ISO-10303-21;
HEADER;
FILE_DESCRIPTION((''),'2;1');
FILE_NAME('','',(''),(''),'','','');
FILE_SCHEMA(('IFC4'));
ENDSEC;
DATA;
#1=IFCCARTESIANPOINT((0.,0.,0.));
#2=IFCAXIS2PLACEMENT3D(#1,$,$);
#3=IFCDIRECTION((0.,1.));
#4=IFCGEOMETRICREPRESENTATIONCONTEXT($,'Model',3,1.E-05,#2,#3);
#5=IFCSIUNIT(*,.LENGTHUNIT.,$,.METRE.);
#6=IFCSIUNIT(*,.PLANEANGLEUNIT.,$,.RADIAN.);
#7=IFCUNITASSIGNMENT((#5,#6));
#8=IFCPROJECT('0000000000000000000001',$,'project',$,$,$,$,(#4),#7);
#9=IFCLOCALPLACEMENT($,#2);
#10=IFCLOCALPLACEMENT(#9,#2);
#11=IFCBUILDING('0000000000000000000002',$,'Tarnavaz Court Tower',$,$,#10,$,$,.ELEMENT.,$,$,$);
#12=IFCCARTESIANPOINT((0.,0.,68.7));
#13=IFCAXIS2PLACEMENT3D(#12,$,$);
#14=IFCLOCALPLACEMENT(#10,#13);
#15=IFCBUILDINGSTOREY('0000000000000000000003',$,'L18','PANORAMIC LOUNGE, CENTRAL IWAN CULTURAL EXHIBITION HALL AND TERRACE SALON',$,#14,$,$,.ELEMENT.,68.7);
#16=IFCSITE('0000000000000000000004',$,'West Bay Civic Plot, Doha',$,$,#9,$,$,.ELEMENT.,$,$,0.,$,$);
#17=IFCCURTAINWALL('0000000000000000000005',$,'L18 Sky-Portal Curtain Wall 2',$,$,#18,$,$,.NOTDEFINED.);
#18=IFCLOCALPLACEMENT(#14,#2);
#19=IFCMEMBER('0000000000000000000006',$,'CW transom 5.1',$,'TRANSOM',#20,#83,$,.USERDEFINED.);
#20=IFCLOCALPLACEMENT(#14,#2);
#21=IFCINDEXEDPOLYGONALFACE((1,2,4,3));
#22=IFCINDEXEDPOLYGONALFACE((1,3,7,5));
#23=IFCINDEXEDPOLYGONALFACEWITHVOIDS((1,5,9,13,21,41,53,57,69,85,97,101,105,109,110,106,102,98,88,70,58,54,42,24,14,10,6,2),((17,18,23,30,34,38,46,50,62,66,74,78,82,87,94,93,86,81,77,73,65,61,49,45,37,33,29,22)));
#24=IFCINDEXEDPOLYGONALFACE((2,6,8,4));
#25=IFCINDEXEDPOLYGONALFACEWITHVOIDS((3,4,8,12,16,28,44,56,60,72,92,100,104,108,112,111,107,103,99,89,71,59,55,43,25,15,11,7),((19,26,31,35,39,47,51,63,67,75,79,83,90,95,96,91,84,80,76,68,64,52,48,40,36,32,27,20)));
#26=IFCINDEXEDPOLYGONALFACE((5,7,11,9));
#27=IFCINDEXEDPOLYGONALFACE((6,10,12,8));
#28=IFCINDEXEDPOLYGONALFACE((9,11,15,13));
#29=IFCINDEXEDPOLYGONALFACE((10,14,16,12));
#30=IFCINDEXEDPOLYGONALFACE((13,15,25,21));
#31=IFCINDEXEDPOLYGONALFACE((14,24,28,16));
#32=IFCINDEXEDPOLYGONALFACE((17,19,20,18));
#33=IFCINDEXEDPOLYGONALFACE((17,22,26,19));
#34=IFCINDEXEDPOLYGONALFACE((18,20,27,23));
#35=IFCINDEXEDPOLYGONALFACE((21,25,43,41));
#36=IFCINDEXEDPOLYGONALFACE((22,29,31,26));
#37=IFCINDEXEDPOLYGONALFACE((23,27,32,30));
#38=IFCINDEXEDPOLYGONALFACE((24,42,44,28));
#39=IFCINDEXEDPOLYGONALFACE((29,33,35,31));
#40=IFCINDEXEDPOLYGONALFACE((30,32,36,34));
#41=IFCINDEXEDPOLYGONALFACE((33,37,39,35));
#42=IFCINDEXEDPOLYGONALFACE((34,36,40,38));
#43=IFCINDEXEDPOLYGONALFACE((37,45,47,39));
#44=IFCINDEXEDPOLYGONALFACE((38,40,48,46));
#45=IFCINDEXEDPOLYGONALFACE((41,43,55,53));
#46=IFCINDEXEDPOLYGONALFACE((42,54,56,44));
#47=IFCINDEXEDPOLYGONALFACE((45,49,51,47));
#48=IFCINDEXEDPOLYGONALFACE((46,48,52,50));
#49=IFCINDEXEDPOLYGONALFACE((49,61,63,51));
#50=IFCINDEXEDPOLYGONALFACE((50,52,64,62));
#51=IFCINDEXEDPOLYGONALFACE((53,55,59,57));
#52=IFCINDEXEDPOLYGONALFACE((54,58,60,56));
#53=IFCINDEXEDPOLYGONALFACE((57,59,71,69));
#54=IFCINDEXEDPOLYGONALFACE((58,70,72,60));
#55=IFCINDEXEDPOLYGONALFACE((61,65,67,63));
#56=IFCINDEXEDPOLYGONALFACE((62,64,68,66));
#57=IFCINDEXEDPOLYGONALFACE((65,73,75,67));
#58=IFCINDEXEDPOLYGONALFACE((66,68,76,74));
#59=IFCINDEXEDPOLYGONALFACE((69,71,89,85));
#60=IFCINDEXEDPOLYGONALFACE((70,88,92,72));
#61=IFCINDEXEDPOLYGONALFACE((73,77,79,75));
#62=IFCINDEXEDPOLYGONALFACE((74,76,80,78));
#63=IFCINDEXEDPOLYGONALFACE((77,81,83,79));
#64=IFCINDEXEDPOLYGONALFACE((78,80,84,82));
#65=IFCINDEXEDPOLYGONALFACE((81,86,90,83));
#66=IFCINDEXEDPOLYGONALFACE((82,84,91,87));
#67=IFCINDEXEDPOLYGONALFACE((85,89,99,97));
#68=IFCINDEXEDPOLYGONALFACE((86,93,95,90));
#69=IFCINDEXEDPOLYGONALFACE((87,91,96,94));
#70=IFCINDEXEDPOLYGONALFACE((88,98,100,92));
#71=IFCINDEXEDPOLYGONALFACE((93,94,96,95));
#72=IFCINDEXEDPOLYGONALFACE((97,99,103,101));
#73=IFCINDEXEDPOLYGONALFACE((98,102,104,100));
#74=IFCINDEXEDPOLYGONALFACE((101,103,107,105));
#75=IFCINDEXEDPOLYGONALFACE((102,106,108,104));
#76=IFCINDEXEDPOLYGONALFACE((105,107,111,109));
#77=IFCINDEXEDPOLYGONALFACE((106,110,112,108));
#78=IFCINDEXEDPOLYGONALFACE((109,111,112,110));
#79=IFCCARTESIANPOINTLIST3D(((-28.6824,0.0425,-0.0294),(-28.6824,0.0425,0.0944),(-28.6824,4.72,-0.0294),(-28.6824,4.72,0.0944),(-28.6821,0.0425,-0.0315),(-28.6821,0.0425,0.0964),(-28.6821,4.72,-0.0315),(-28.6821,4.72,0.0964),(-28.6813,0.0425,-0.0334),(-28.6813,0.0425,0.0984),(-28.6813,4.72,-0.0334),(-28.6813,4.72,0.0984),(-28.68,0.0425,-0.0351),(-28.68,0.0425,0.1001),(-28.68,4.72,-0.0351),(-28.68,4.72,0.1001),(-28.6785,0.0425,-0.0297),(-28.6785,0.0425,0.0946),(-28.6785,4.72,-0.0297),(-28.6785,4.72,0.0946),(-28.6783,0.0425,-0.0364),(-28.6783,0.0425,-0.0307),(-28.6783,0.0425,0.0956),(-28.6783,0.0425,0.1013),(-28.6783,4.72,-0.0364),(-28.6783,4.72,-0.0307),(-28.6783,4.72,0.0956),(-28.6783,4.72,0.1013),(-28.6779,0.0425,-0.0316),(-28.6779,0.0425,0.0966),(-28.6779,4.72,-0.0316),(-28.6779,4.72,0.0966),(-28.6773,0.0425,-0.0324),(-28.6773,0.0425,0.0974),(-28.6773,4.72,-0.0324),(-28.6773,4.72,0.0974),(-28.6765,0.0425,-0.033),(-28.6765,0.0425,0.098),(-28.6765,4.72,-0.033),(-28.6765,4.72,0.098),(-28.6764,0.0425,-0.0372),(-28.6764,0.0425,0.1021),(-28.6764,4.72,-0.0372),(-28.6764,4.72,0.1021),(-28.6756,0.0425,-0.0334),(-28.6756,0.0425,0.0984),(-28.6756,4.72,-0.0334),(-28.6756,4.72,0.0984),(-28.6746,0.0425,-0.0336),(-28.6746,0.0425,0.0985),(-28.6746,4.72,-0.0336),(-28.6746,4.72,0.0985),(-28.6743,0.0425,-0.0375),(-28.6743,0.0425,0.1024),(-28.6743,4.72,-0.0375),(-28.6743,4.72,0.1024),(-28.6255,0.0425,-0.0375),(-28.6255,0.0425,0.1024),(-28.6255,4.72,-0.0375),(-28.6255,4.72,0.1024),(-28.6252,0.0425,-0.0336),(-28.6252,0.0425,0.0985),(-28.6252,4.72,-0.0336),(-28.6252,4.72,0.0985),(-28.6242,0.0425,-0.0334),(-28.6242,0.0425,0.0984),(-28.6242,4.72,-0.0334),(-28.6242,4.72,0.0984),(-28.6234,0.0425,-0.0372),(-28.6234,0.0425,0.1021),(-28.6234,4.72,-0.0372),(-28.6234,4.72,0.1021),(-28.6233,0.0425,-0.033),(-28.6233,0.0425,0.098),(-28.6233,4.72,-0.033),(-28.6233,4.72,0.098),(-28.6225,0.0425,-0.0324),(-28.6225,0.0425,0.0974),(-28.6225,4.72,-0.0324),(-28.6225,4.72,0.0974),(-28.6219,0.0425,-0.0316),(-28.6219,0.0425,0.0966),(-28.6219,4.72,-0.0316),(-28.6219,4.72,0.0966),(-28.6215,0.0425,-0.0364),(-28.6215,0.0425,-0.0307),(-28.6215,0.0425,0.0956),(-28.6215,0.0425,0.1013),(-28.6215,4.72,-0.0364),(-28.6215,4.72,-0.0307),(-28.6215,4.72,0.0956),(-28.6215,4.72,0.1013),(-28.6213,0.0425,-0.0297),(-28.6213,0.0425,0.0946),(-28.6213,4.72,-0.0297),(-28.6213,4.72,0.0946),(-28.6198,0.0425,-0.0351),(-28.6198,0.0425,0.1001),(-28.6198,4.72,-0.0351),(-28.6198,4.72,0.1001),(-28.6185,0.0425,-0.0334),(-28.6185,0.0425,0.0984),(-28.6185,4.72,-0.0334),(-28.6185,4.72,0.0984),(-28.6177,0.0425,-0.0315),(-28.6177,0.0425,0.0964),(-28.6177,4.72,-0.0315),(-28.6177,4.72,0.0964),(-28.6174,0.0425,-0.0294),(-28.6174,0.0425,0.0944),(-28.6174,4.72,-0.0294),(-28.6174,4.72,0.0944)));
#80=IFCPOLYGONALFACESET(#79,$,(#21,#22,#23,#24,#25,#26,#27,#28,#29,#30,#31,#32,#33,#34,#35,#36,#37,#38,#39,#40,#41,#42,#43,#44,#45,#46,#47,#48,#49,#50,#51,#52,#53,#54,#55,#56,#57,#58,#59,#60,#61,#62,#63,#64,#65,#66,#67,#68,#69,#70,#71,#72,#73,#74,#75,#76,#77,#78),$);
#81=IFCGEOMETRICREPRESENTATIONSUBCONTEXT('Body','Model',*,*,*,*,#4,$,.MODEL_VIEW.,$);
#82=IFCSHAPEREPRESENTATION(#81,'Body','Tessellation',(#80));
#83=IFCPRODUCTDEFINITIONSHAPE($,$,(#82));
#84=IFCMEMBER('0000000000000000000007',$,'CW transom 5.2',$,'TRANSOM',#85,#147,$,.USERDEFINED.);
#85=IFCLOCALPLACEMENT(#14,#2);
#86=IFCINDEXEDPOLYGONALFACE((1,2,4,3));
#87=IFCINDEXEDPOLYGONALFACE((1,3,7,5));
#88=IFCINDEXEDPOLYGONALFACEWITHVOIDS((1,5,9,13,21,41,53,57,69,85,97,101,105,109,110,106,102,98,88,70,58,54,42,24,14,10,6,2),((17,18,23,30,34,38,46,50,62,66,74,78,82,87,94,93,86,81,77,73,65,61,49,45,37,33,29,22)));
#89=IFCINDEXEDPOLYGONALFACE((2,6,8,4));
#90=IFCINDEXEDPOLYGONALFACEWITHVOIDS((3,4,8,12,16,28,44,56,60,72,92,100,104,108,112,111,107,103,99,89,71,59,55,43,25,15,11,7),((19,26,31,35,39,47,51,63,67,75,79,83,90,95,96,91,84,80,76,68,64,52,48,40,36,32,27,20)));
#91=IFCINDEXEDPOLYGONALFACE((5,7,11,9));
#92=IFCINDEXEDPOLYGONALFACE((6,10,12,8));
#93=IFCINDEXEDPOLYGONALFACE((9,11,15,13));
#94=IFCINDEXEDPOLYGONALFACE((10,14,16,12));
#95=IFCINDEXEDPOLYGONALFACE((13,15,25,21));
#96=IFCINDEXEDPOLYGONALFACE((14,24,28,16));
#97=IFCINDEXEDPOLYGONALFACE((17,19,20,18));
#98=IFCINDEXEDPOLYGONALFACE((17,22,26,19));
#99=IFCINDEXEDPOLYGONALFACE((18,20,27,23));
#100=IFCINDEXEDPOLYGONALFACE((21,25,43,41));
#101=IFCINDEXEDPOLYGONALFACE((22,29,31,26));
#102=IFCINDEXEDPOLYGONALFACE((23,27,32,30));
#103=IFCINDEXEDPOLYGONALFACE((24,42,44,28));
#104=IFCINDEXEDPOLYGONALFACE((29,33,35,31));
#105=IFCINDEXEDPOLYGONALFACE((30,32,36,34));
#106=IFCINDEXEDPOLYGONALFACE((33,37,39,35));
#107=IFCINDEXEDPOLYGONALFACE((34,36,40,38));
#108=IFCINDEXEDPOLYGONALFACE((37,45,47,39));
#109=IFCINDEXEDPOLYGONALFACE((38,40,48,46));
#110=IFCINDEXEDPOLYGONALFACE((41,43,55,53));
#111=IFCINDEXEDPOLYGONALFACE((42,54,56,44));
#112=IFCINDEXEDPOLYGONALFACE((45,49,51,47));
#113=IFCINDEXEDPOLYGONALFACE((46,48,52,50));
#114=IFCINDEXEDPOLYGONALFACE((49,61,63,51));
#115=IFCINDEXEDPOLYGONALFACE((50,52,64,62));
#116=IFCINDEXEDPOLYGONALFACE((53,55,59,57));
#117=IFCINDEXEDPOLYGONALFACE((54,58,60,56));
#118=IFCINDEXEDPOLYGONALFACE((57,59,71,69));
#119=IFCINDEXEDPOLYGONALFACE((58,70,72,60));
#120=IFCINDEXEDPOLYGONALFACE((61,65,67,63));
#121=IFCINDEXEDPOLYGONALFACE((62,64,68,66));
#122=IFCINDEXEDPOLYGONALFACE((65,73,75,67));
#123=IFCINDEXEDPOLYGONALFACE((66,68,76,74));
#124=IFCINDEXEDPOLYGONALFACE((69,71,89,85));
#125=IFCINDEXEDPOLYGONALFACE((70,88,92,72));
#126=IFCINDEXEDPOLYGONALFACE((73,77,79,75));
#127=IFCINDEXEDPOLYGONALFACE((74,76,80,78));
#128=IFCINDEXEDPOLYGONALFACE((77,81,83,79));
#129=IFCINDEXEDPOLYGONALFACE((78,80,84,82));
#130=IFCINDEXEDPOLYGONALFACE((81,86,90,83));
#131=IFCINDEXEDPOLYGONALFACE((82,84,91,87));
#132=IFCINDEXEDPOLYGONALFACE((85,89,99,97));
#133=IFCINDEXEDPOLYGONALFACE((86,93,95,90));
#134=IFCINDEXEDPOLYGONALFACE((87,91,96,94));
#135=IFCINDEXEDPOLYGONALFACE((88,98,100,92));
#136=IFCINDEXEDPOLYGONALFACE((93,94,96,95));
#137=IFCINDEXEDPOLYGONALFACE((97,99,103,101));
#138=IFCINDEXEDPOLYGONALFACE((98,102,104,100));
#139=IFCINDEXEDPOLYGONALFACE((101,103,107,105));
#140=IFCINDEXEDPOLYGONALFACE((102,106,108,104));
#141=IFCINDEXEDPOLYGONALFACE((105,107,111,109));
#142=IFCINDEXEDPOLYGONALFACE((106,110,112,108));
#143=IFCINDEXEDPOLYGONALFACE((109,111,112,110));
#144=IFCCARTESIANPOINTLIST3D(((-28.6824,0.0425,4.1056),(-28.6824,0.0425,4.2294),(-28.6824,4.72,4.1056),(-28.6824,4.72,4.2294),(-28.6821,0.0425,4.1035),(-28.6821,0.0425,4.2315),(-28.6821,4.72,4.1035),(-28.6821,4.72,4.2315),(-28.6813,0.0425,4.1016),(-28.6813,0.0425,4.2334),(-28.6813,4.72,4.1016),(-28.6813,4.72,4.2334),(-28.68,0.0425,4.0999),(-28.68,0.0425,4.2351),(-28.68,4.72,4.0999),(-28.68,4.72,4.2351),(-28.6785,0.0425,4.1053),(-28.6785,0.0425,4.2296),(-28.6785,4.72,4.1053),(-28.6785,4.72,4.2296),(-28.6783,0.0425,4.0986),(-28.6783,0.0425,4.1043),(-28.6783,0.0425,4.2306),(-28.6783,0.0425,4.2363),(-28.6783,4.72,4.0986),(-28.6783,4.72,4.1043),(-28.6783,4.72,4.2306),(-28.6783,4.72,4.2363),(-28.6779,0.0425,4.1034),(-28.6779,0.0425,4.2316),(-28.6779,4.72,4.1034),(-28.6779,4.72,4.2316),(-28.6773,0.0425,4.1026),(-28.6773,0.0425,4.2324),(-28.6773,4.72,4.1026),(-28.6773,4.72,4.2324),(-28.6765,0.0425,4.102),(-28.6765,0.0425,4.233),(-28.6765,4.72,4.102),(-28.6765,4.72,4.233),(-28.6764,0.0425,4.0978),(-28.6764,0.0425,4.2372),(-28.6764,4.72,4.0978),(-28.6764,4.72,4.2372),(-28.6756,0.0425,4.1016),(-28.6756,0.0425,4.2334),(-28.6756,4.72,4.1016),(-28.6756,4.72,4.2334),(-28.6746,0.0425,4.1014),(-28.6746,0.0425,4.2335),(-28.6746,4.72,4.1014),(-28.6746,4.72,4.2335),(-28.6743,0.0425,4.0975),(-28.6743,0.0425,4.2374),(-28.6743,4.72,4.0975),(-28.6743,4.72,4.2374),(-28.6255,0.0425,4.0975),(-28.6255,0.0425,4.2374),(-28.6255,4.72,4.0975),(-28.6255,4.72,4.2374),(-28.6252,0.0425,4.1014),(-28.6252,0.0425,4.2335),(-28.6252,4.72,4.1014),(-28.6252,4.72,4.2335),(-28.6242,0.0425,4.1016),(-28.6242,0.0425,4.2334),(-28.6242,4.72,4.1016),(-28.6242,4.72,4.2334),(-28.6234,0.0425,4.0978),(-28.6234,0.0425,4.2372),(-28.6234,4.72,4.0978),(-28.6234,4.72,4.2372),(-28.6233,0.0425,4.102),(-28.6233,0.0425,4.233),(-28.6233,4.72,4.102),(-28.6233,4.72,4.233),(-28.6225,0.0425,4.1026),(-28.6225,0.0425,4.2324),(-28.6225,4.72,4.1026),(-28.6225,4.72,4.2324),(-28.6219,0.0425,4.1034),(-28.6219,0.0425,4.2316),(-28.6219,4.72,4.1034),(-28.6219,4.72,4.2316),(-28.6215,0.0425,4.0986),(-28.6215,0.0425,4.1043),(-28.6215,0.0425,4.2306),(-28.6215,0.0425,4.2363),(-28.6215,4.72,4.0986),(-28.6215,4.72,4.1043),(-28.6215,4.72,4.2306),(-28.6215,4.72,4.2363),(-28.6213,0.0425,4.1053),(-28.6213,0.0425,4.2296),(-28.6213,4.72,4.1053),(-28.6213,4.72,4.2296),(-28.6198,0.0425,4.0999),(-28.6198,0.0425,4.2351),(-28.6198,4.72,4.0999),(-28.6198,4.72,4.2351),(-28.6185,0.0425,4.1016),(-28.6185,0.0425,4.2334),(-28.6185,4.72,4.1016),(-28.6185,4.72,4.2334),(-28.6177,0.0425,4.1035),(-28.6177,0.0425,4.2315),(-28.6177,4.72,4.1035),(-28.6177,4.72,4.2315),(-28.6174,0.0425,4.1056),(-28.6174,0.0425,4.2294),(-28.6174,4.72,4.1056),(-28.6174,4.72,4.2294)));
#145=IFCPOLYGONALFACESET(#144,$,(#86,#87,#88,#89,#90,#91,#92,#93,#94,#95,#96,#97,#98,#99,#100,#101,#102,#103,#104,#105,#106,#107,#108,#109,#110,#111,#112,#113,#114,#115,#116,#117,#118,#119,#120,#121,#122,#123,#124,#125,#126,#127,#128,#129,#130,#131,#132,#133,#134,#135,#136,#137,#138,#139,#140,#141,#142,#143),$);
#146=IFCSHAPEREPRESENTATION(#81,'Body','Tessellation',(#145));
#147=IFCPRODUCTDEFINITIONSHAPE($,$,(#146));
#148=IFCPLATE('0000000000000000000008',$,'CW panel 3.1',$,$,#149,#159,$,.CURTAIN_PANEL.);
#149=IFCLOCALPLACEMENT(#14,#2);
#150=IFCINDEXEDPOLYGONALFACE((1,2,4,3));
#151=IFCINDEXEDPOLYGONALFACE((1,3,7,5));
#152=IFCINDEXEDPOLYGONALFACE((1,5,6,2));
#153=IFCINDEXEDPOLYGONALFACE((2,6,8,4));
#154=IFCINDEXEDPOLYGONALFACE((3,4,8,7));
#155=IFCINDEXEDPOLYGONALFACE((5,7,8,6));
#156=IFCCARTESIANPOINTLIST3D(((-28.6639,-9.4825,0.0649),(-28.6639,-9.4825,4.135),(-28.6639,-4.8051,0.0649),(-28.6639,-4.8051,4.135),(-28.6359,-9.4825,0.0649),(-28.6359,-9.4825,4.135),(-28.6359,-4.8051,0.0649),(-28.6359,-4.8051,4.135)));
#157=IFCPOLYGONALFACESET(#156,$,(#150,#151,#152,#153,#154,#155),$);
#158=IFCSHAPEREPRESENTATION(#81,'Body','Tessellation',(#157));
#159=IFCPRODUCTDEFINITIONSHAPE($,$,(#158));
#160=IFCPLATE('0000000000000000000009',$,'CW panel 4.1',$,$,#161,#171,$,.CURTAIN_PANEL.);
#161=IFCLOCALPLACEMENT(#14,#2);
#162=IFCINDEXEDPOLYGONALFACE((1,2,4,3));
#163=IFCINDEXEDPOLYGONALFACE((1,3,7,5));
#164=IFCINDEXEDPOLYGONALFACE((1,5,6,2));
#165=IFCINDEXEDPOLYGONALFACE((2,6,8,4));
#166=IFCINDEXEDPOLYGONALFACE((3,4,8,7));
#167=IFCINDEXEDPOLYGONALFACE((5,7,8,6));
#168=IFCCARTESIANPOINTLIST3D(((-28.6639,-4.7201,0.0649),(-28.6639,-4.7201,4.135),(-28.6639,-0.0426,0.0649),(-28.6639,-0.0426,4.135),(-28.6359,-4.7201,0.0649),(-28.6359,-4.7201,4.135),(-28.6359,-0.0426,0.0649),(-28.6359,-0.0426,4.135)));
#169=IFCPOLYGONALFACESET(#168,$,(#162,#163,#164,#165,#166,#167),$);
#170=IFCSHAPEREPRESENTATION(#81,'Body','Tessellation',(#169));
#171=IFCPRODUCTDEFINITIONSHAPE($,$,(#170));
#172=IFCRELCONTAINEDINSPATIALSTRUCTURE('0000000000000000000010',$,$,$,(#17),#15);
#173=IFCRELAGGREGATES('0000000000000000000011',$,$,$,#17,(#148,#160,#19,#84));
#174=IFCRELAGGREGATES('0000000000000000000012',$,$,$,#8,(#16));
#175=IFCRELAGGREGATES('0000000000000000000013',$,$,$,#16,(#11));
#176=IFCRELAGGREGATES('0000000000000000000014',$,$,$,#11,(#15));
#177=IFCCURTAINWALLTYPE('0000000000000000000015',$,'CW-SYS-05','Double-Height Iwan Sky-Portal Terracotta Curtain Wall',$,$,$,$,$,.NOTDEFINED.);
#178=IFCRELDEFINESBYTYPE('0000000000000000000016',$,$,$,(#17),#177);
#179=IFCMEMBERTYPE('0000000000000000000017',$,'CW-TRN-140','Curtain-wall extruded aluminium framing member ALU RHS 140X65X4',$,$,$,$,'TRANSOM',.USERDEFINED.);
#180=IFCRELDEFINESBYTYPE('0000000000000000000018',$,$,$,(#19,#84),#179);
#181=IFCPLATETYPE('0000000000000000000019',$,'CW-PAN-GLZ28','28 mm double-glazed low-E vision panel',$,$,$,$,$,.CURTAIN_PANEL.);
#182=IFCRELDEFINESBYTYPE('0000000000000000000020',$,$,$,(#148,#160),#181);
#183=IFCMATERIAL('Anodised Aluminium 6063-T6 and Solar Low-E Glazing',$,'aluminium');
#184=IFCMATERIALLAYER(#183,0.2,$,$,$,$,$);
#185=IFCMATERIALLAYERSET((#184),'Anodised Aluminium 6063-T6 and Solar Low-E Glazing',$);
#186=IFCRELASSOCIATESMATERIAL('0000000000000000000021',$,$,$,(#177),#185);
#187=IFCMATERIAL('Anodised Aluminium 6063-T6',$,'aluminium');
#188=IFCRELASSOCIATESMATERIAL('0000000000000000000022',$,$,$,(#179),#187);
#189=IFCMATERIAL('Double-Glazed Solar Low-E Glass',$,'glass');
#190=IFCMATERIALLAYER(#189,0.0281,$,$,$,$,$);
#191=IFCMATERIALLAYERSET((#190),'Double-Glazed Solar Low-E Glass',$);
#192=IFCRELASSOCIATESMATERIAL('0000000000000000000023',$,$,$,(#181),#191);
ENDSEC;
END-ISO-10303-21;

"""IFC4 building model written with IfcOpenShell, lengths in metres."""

from ifc_helpers import new_model, si_unit, direction, frame, origin, origin_2d, place, context, subcontext, project, spatial, rectangle, hollow_rectangle, extrude, material, layer, layer_set, material_profile, profile_set, type_object, element, aggregate, save


model = new_model("IFC4")

# Units and contexts
model_context = context("Model", 3, precision=1e-05, world=origin(), true_north=direction((0.0, 1.0)))
body_context = subcontext(model_context, "Body", "Model", "MODEL_VIEW")
ifc_project = project(units=[si_unit("LENGTHUNIT", "METRE"), si_unit("PLANEANGLEUNIT", "RADIAN")], contexts=[model_context])

# Site, building, storey
site_placement = place(None, origin())
site = spatial("IfcSite", under=ifc_project, at=site_placement, Name="West Bay Civic Plot, Doha", CompositionType="ELEMENT", RefElevation=0.0)
building_placement = place(site_placement, origin())
building = spatial("IfcBuilding", under=site, at=building_placement, Name="Tarnavaz Court Tower", CompositionType="ELEMENT")
storey_placement = place(building_placement, frame((0.0, 0.0, 68.7)))
storey = spatial("IfcBuildingStorey", under=building, at=storey_placement, Name="L18", Description="PANORAMIC LOUNGE, CENTRAL IWAN CULTURAL EXHIBITION HALL AND TERRACE SALON", CompositionType="ELEMENT", Elevation=68.7)

# Curtain wall, members, plates
ifc_material_1 = material(Name="Anodised Aluminium 6063-T6 and Solar Low-E Glazing", Category="aluminium")
ifc_layer_1 = layer(ifc_material_1, 0.2)
ifc_layer_set_1 = layer_set([ifc_layer_1], Name="Anodised Aluminium 6063-T6 and Solar Low-E Glazing")
curtain_wall_type = type_object("IfcCurtainWallType", Name="CW-SYS-05", Description="Double-Height Iwan Sky-Portal Terracotta Curtain Wall", PredefinedType="NOTDEFINED", material=ifc_layer_set_1)
curtain_wall_placement = place(storey_placement, origin())
curtain_wall = element("IfcCurtainWall", 1, at=curtain_wall_placement, inside=storey, type_object=curtain_wall_type, Name="L18 Sky-Portal Curtain Wall 2", PredefinedType="NOTDEFINED")
ifc_material_2 = material(Name="Anodised Aluminium 6063-T6", Category="aluminium")
ifc_material_profile_1 = material_profile(ifc_material_2, hollow_rectangle(XDim=0.0649, YDim=0.1399, WallThickness=0.0039, InnerFilletRadius=0.0039, OuterFilletRadius=0.0081, at=origin_2d()), Name="ALU RHS 140X65X4")
ifc_profile_set_1 = profile_set([ifc_material_profile_1], Name="Anodised Aluminium 6063-T6")
member_type_1 = type_object("IfcMemberType", Name="CW-TRN-140", Description="Curtain-wall extruded aluminium framing member ALU RHS 140X65X4", ElementType="TRANSOM", PredefinedType="USERDEFINED", material=ifc_profile_set_1)
member_1_placement = place(storey_placement, frame((-28.6499, 0.0425, 0.0325), z_axis=(0.0, 1.0, 0.0), x_axis=(-1.0, 0.0, 0.0)))
member_1 = element("IfcMember", 2, at=member_1_placement, type_object=member_type_1, Name="CW transom 5.1", ObjectType="TRANSOM", PredefinedType="USERDEFINED", context=body_context, shape_type="SweptSolid", body=[
    extrude(hollow_rectangle(XDim=0.0649, YDim=0.1399, WallThickness=0.0039, InnerFilletRadius=0.0039, OuterFilletRadius=0.0081, at=origin_2d()), origin(), (0.0, 0.0, 1.0), 4.6775),
])
member_2_placement = place(storey_placement, frame((-28.6499, 0.0425, 4.1675), z_axis=(0.0, 1.0, 0.0), x_axis=(-1.0, 0.0, 0.0)))
member_2 = element("IfcMember", 3, at=member_2_placement, type_object=member_type_1, Name="CW transom 5.2", ObjectType="TRANSOM", PredefinedType="USERDEFINED", context=body_context, shape_type="SweptSolid", body=[
    extrude(hollow_rectangle(XDim=0.0649, YDim=0.1399, WallThickness=0.0039, InnerFilletRadius=0.0039, OuterFilletRadius=0.0081, at=origin_2d()), origin(), (0.0, 0.0, 1.0), 4.6775),
])
ifc_material_3 = material(Name="Double-Glazed Solar Low-E Glass", Category="glass")
ifc_layer_2 = layer(ifc_material_3, 0.0281)
ifc_layer_set_2 = layer_set([ifc_layer_2], Name="Double-Glazed Solar Low-E Glass")
plate_type = type_object("IfcPlateType", Name="CW-PAN-GLZ28", Description="28 mm double-glazed low-E vision panel", PredefinedType="CURTAIN_PANEL", material=ifc_layer_set_2)
plate_1_placement = place(storey_placement, frame((-28.6499, -7.1438, 0.0649), z_axis=(0.0, 0.0, 1.0), x_axis=(0.0, 1.0, 0.0)))
plate_1 = element("IfcPlate", 4, at=plate_1_placement, type_object=plate_type, Name="CW panel 3.1", PredefinedType="CURTAIN_PANEL", context=body_context, shape_type="SweptSolid", body=[
    extrude(rectangle(XDim=4.6775, YDim=0.0281, at=origin_2d()), origin(), (0.0, 0.0, 1.0), 4.0701),
])
plate_2_placement = place(storey_placement, frame((-28.6499, -2.3813, 0.0649), z_axis=(0.0, 0.0, 1.0), x_axis=(0.0, 1.0, 0.0)))
plate_2 = element("IfcPlate", 5, at=plate_2_placement, type_object=plate_type, Name="CW panel 4.1", PredefinedType="CURTAIN_PANEL", context=body_context, shape_type="SweptSolid", body=[
    extrude(rectangle(XDim=4.6775, YDim=0.0281, at=origin_2d()), origin(), (0.0, 0.0, 1.0), 4.0701),
])
aggregate(curtain_wall, [plate_1, plate_2, member_1, member_2])

save(model, "model.ifc")
